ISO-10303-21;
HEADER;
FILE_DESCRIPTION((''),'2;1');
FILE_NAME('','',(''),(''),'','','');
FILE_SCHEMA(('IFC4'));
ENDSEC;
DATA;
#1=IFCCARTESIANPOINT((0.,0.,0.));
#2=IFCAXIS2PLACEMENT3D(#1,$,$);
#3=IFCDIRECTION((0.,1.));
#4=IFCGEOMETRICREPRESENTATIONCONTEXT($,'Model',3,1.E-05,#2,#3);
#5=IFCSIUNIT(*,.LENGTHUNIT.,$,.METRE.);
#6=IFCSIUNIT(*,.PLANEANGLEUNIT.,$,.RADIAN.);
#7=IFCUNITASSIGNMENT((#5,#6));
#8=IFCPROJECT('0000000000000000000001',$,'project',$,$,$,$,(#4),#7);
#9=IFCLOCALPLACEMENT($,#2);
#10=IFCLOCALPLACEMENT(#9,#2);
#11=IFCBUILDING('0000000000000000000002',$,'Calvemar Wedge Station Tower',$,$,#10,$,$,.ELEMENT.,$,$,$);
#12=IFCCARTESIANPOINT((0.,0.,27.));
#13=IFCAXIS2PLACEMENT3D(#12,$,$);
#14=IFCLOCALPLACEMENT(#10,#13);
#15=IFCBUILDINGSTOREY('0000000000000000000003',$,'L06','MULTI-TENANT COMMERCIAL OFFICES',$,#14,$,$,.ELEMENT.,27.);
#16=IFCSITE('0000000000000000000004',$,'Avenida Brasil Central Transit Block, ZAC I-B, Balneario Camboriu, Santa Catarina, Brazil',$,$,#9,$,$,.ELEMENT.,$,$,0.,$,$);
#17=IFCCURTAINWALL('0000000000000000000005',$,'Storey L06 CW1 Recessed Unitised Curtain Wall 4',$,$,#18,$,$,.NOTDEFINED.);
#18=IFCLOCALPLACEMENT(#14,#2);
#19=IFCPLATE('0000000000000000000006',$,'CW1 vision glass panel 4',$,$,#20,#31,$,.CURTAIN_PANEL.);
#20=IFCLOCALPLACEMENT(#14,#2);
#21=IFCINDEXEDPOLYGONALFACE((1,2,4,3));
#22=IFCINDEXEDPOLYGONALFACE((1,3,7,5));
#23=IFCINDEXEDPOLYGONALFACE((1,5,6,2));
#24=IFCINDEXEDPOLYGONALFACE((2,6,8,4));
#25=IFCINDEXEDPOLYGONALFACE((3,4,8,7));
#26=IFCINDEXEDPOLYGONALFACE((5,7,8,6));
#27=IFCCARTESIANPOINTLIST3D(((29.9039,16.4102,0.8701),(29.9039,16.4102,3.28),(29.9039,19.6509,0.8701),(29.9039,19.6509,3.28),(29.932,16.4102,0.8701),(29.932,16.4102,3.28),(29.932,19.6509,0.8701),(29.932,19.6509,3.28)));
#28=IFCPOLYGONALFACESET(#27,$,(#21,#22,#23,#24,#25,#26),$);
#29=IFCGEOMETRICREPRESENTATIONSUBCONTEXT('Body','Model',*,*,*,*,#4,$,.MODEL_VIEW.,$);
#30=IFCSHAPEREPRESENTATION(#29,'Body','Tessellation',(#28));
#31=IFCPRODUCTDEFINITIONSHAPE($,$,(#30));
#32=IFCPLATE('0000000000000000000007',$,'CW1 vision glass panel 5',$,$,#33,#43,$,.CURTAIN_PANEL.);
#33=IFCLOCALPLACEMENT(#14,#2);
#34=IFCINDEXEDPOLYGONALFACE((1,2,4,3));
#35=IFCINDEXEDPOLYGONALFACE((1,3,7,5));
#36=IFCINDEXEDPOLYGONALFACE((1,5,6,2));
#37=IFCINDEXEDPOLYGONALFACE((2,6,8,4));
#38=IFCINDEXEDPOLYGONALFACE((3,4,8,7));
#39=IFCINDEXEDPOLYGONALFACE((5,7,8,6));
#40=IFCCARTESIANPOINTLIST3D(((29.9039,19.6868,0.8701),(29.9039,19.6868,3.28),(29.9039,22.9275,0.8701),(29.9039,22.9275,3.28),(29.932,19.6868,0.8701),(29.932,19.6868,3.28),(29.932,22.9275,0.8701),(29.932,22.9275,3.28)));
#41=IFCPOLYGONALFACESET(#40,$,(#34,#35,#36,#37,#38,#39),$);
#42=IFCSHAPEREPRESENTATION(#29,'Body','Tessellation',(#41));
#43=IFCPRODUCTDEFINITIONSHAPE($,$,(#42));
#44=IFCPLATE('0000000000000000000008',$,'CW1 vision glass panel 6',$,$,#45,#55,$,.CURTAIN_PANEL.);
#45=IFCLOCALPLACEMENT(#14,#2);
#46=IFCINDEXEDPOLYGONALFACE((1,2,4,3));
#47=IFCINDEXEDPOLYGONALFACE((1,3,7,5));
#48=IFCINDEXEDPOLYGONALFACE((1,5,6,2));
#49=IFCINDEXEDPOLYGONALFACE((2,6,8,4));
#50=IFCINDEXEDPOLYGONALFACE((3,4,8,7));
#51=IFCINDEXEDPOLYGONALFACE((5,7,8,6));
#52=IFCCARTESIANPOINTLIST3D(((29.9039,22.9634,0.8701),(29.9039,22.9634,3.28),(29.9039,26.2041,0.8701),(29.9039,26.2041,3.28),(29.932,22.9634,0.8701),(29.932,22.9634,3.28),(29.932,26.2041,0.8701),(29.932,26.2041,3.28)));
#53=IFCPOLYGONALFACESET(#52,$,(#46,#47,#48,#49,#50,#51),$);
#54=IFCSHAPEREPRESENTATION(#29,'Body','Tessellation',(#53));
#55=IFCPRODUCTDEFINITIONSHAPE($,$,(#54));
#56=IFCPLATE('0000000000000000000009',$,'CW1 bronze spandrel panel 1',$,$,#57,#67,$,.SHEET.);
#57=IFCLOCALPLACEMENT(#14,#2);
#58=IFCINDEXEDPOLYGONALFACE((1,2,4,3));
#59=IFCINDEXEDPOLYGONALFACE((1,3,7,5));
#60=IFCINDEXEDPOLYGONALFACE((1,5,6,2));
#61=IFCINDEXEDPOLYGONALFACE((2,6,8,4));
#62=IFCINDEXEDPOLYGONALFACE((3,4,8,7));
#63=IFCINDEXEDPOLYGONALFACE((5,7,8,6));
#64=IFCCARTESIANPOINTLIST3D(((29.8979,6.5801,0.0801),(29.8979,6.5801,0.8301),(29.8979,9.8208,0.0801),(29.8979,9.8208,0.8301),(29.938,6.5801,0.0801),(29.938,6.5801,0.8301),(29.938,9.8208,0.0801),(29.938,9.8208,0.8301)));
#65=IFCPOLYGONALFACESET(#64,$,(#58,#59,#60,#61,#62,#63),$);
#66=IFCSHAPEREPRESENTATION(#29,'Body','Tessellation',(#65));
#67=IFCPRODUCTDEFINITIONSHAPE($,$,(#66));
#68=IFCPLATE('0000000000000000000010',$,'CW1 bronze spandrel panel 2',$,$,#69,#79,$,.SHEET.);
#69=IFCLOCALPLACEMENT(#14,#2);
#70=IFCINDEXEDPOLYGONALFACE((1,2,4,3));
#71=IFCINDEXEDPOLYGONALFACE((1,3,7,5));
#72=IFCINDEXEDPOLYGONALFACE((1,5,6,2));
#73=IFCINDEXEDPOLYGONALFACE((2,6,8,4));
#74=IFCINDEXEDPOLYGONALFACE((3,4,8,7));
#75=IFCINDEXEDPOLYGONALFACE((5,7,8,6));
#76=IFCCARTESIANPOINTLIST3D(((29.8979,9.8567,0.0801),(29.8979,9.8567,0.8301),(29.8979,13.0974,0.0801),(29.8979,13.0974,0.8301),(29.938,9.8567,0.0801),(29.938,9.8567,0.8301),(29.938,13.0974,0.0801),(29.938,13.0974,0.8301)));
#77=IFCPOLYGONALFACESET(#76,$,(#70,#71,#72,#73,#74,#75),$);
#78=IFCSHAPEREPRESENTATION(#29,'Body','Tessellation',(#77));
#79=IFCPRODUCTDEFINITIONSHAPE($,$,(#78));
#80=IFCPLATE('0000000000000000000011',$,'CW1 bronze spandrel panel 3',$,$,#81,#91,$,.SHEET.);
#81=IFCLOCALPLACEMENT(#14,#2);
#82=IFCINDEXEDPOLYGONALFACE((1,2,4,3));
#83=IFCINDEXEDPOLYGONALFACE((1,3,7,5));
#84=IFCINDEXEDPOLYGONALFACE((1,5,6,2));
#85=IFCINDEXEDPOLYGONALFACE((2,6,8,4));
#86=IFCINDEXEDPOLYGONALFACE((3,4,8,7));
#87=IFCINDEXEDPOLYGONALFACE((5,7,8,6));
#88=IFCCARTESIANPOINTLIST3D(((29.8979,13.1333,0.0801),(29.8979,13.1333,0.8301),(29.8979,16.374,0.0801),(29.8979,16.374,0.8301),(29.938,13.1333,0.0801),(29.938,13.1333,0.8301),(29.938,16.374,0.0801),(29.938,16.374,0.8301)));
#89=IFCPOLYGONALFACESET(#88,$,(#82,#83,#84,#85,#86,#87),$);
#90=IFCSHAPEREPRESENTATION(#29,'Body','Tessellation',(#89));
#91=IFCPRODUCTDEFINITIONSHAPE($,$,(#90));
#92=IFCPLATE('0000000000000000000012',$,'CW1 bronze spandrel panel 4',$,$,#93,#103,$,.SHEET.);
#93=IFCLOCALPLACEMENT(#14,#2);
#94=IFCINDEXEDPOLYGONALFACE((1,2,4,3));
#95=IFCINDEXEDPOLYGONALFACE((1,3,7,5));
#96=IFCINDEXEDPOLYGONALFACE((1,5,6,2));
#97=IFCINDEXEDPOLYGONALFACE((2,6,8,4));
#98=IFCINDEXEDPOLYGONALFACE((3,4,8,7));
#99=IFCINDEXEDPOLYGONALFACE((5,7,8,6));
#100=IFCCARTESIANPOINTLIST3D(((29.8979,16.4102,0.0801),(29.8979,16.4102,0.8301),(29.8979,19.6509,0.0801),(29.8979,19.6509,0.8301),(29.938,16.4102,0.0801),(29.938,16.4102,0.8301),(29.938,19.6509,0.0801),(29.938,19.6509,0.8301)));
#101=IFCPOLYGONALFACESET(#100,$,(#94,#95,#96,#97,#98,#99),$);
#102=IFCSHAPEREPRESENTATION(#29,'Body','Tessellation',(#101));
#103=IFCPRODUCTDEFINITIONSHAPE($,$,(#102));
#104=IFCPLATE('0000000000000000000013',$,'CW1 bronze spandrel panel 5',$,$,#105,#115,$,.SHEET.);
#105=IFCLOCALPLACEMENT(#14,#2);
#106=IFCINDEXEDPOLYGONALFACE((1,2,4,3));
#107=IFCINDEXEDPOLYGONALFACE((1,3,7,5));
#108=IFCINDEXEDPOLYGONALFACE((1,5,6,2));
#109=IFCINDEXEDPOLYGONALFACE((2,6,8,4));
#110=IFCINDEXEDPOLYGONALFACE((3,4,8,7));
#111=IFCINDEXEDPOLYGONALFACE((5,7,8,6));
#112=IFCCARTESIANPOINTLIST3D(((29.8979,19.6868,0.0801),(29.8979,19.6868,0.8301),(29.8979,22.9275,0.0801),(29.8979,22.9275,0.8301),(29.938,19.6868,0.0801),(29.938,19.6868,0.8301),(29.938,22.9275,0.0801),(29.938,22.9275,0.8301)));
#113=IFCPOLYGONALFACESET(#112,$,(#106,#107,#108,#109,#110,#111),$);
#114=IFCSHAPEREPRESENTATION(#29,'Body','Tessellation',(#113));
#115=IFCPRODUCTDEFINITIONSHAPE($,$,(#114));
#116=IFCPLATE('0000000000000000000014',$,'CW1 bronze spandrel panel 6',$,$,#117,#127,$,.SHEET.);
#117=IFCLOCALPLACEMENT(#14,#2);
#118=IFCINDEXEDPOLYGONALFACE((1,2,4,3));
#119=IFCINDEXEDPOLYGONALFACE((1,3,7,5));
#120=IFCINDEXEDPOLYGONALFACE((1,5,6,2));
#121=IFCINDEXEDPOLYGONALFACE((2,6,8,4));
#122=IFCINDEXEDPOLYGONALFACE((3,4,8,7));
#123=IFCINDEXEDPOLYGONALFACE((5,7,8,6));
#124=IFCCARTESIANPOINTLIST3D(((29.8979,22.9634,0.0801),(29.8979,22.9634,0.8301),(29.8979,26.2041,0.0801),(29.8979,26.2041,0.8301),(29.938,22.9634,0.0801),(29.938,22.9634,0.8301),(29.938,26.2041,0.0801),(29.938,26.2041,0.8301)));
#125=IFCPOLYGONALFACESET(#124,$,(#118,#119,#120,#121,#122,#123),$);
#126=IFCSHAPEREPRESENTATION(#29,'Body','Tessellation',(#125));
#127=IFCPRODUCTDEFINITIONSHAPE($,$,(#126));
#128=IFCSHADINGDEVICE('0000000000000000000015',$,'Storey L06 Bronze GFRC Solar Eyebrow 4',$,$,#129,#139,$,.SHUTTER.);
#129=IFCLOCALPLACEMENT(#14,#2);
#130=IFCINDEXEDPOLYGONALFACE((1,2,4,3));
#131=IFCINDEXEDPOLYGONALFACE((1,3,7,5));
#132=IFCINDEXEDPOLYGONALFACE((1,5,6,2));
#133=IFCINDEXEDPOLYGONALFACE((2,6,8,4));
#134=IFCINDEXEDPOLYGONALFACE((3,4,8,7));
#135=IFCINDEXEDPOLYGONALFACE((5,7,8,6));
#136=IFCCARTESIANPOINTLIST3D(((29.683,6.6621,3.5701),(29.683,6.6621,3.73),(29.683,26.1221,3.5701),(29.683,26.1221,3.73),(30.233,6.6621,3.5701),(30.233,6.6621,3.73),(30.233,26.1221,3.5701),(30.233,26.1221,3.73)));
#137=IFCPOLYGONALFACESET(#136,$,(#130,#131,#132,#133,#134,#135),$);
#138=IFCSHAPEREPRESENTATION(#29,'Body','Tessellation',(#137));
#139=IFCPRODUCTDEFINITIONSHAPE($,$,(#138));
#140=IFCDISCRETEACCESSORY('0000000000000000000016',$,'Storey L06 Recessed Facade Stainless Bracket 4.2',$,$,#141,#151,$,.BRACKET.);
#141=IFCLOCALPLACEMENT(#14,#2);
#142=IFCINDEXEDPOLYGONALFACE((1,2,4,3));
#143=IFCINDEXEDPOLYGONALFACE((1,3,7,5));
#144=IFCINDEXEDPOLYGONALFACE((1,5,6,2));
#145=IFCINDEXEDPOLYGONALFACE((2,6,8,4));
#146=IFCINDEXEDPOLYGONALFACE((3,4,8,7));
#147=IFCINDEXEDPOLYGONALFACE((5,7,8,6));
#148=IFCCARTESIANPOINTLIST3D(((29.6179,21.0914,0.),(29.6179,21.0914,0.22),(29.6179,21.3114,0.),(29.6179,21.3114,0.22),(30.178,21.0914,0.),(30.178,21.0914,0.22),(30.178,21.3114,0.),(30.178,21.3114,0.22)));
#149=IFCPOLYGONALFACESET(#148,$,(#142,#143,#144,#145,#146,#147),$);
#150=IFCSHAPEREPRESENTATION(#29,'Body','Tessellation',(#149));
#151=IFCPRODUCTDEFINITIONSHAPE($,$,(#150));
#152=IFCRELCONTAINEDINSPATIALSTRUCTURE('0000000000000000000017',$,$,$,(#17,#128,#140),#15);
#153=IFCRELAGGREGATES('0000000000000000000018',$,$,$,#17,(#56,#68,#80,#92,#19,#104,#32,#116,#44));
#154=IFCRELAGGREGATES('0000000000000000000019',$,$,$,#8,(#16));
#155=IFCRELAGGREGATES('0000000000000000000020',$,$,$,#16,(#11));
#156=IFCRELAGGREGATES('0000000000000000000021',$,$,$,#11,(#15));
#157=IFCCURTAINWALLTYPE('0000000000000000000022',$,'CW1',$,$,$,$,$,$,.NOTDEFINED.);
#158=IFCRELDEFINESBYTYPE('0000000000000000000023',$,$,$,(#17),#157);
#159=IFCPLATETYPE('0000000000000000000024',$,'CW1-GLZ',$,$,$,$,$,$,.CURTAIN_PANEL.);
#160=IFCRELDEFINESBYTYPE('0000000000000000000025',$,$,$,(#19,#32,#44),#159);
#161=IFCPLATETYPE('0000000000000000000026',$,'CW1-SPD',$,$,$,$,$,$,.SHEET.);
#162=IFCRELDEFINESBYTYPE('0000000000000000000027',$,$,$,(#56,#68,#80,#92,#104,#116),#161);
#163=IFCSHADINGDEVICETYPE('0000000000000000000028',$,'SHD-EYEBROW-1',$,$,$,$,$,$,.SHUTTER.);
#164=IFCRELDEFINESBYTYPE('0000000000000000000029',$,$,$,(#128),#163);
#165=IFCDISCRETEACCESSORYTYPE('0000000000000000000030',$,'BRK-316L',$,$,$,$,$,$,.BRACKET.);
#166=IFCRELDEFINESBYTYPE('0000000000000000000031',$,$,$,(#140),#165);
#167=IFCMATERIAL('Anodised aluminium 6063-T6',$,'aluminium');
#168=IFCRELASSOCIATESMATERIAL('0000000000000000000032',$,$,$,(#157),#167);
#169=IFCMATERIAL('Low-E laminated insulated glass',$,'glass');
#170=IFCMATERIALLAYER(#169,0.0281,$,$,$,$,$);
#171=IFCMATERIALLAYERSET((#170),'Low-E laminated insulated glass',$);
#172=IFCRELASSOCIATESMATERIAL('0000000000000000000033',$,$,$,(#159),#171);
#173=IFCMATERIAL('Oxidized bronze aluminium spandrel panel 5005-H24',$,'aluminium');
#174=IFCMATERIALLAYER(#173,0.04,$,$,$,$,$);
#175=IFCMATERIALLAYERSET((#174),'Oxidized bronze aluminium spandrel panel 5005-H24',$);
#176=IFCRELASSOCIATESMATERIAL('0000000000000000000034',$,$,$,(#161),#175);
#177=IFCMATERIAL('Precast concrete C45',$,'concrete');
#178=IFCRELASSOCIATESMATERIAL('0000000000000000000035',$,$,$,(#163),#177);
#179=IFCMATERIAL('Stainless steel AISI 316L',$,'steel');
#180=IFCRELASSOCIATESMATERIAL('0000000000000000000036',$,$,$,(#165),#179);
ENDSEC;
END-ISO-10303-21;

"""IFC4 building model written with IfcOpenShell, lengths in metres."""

from ifc_helpers import new_model, si_unit, direction, frame, frame_2d, origin, origin_2d, place, context, subcontext, project, spatial, rectangle, extrude, source, transform, mapped, material, layer, layer_set, type_object, element, aggregate, save


model = new_model("IFC4")

# Units and contexts
model_context = context("Model", 3, precision=1e-05, world=origin(), true_north=direction((0.0, 1.0)))
body_context = subcontext(model_context, "Body", "Model", "MODEL_VIEW")
ifc_project = project(units=[si_unit("LENGTHUNIT", "METRE"), si_unit("PLANEANGLEUNIT", "RADIAN")], contexts=[model_context])

# Site, building, storey
site_placement = place(None, origin())
site = spatial("IfcSite", under=ifc_project, at=site_placement, Name="Avenida Brasil Central Transit Block, ZAC I-B, Balneario Camboriu, Santa Catarina, Brazil", CompositionType="ELEMENT", RefElevation=0.0)
building_placement = place(site_placement, origin())
building = spatial("IfcBuilding", under=site, at=building_placement, Name="Calvemar Wedge Station Tower", CompositionType="ELEMENT")
storey_placement = place(building_placement, frame((0.0, 0.0, 27.0)))
storey = spatial("IfcBuildingStorey", under=building, at=storey_placement, Name="L06", Description="MULTI-TENANT COMMERCIAL OFFICES", CompositionType="ELEMENT", Elevation=27.0)

# Curtain wall, plates
ifc_material_1 = material(Name="Anodised aluminium 6063-T6", Category="aluminium")
curtain_wall_type = type_object("IfcCurtainWallType", Name="CW1", PredefinedType="NOTDEFINED", material=ifc_material_1)
curtain_wall_placement = place(storey_placement, origin())
curtain_wall = element("IfcCurtainWall", 1, at=curtain_wall_placement, inside=storey, type_object=curtain_wall_type, Name="Storey L06 CW1 Recessed Unitised Curtain Wall 4", PredefinedType="NOTDEFINED")
ifc_material_2 = material(Name="Low-E laminated insulated glass", Category="glass")
ifc_layer_1 = layer(ifc_material_2, 0.0281)
ifc_layer_set_1 = layer_set([ifc_layer_1], Name="Low-E laminated insulated glass")
plate_type_1 = type_object("IfcPlateType", Name="CW1-GLZ", PredefinedType="CURTAIN_PANEL", material=ifc_layer_set_1)
plate_1_placement = place(storey_placement, frame((29.918, 16.4102, 0.8701), z_axis=(0.0, 0.0, 1.0), x_axis=(0.0, 1.0, 0.0)))
plate_1 = element("IfcPlate", 2, at=plate_1_placement, type_object=plate_type_1, Name="CW1 vision glass panel 4", PredefinedType="CURTAIN_PANEL", context=body_context, shape_type="SweptSolid", body=[
    extrude(rectangle(XDim=3.2407, YDim=0.0281, at=frame_2d((1.6204, 0.0))), origin(), (0.0, 0.0, 1.0), 2.4099),
])
plate_2_placement = place(storey_placement, frame((29.918, 19.6868, 0.8701), z_axis=(0.0, 0.0, 1.0), x_axis=(0.0, 1.0, 0.0)))
plate_2 = element("IfcPlate", 3, at=plate_2_placement, type_object=plate_type_1, Name="CW1 vision glass panel 5", PredefinedType="CURTAIN_PANEL", context=body_context, shape_type="SweptSolid", body=[
    extrude(rectangle(XDim=3.2407, YDim=0.0281, at=frame_2d((1.6204, 0.0))), origin(), (0.0, 0.0, 1.0), 2.4099),
])
plate_3_placement = place(storey_placement, frame((29.918, 22.9634, 0.8701), z_axis=(0.0, 0.0, 1.0), x_axis=(0.0, 1.0, 0.0)))
plate_3 = element("IfcPlate", 4, at=plate_3_placement, type_object=plate_type_1, Name="CW1 vision glass panel 6", PredefinedType="CURTAIN_PANEL", context=body_context, shape_type="SweptSolid", body=[
    extrude(rectangle(XDim=3.2407, YDim=0.0281, at=frame_2d((1.6204, 0.0))), origin(), (0.0, 0.0, 1.0), 2.4099),
])
ifc_material_3 = material(Name="Oxidized bronze aluminium spandrel panel 5005-H24", Category="aluminium")
ifc_layer_2 = layer(ifc_material_3, 0.04)
ifc_layer_set_2 = layer_set([ifc_layer_2], Name="Oxidized bronze aluminium spandrel panel 5005-H24")
plate_type_2 = type_object("IfcPlateType", Name="CW1-SPD", PredefinedType="SHEET", material=ifc_layer_set_2)
plate_4_placement = place(storey_placement, frame((29.918, 6.5801, 0.0801), z_axis=(0.0, 0.0, 1.0), x_axis=(0.0, 1.0, 0.0)))
plate_4 = element("IfcPlate", 5, at=plate_4_placement, type_object=plate_type_2, Name="CW1 bronze spandrel panel 1", PredefinedType="SHEET", context=body_context, shape_type="SweptSolid", body=[
    extrude(rectangle(XDim=3.2407, YDim=0.04, at=frame_2d((1.6204, 0.0))), origin(), (0.0, 0.0, 1.0), 0.75),
])
plate_5_placement = place(storey_placement, frame((29.918, 9.8567, 0.0801), z_axis=(0.0, 0.0, 1.0), x_axis=(0.0, 1.0, 0.0)))
plate_5 = element("IfcPlate", 6, at=plate_5_placement, type_object=plate_type_2, Name="CW1 bronze spandrel panel 2", PredefinedType="SHEET", context=body_context, shape_type="SweptSolid", body=[
    extrude(rectangle(XDim=3.2407, YDim=0.04, at=frame_2d((1.6204, 0.0))), origin(), (0.0, 0.0, 1.0), 0.75),
])
plate_6_placement = place(storey_placement, frame((29.918, 13.1333, 0.0801), z_axis=(0.0, 0.0, 1.0), x_axis=(0.0, 1.0, 0.0)))
plate_6 = element("IfcPlate", 7, at=plate_6_placement, type_object=plate_type_2, Name="CW1 bronze spandrel panel 3", PredefinedType="SHEET", context=body_context, shape_type="SweptSolid", body=[
    extrude(rectangle(XDim=3.2407, YDim=0.04, at=frame_2d((1.6204, 0.0))), origin(), (0.0, 0.0, 1.0), 0.75),
])
plate_7_placement = place(storey_placement, frame((29.918, 16.4102, 0.0801), z_axis=(0.0, 0.0, 1.0), x_axis=(0.0, 1.0, 0.0)))
plate_7 = element("IfcPlate", 8, at=plate_7_placement, type_object=plate_type_2, Name="CW1 bronze spandrel panel 4", PredefinedType="SHEET", context=body_context, shape_type="SweptSolid", body=[
    extrude(rectangle(XDim=3.2407, YDim=0.04, at=frame_2d((1.6204, 0.0))), origin(), (0.0, 0.0, 1.0), 0.75),
])
plate_8_placement = place(storey_placement, frame((29.918, 19.6868, 0.0801), z_axis=(0.0, 0.0, 1.0), x_axis=(0.0, 1.0, 0.0)))
plate_8 = element("IfcPlate", 9, at=plate_8_placement, type_object=plate_type_2, Name="CW1 bronze spandrel panel 5", PredefinedType="SHEET", context=body_context, shape_type="SweptSolid", body=[
    extrude(rectangle(XDim=3.2407, YDim=0.04, at=frame_2d((1.6204, 0.0))), origin(), (0.0, 0.0, 1.0), 0.75),
])
plate_9_placement = place(storey_placement, frame((29.918, 22.9634, 0.0801), z_axis=(0.0, 0.0, 1.0), x_axis=(0.0, 1.0, 0.0)))
plate_9 = element("IfcPlate", 10, at=plate_9_placement, type_object=plate_type_2, Name="CW1 bronze spandrel panel 6", PredefinedType="SHEET", context=body_context, shape_type="SweptSolid", body=[
    extrude(rectangle(XDim=3.2407, YDim=0.04, at=frame_2d((1.6204, 0.0))), origin(), (0.0, 0.0, 1.0), 0.75),
])
aggregate(curtain_wall, [plate_4, plate_5, plate_6, plate_7, plate_1, plate_8, plate_2, plate_9, plate_3])

# Shading device
ifc_material_4 = material(Name="Precast concrete C45", Category="concrete")
shading_device_type = type_object("IfcShadingDeviceType", Name="SHD-EYEBROW-1", PredefinedType="SHUTTER", material=ifc_material_4)
shading_device_placement = place(storey_placement, frame((29.958, 6.6621, 3.5701), z_axis=(0.0, 0.0, 1.0), x_axis=(0.0, 1.0, 0.0)))
element("IfcShadingDevice", 11, at=shading_device_placement, inside=storey, type_object=shading_device_type, Name="Storey L06 Bronze GFRC Solar Eyebrow 4", PredefinedType="SHUTTER", context=body_context, shape_type="SweptSolid", body=[
    extrude(rectangle(XDim=19.46, YDim=0.55, at=frame_2d((9.73, 0.0))), origin(), (0.0, 0.0, 1.0), 0.1599),
])

# Discrete accessory
ifc_material_5 = material(Name="Stainless steel AISI 316L", Category="steel")
discrete_accessory_type = type_object("IfcDiscreteAccessoryType", Name="BRK-316L", PredefinedType="BRACKET", material=ifc_material_5)
shared_shape_1 = source(origin(), body_context, "Body", "SweptSolid", [
    extrude(rectangle(XDim=0.22, YDim=0.5601, at=origin_2d()), origin(), (0.0, 0.0, 1.0), 0.22),
])
discrete_accessory_placement = place(storey_placement, frame((29.8979, 21.2014, 0.0), z_axis=(0.0, 0.0, 1.0), x_axis=(0.0, 1.0, 0.0)))
element("IfcDiscreteAccessory", 12, at=discrete_accessory_placement, inside=storey, type_object=discrete_accessory_type, Name="Storey L06 Recessed Facade Stainless Bracket 4.2", PredefinedType="BRACKET", context=body_context, shape_type="MappedRepresentation", body=[
    mapped(shared_shape_1, transform((0.0, 0.0, 0.0), scale=1.0)),
])

save(model, "model.ifc")
